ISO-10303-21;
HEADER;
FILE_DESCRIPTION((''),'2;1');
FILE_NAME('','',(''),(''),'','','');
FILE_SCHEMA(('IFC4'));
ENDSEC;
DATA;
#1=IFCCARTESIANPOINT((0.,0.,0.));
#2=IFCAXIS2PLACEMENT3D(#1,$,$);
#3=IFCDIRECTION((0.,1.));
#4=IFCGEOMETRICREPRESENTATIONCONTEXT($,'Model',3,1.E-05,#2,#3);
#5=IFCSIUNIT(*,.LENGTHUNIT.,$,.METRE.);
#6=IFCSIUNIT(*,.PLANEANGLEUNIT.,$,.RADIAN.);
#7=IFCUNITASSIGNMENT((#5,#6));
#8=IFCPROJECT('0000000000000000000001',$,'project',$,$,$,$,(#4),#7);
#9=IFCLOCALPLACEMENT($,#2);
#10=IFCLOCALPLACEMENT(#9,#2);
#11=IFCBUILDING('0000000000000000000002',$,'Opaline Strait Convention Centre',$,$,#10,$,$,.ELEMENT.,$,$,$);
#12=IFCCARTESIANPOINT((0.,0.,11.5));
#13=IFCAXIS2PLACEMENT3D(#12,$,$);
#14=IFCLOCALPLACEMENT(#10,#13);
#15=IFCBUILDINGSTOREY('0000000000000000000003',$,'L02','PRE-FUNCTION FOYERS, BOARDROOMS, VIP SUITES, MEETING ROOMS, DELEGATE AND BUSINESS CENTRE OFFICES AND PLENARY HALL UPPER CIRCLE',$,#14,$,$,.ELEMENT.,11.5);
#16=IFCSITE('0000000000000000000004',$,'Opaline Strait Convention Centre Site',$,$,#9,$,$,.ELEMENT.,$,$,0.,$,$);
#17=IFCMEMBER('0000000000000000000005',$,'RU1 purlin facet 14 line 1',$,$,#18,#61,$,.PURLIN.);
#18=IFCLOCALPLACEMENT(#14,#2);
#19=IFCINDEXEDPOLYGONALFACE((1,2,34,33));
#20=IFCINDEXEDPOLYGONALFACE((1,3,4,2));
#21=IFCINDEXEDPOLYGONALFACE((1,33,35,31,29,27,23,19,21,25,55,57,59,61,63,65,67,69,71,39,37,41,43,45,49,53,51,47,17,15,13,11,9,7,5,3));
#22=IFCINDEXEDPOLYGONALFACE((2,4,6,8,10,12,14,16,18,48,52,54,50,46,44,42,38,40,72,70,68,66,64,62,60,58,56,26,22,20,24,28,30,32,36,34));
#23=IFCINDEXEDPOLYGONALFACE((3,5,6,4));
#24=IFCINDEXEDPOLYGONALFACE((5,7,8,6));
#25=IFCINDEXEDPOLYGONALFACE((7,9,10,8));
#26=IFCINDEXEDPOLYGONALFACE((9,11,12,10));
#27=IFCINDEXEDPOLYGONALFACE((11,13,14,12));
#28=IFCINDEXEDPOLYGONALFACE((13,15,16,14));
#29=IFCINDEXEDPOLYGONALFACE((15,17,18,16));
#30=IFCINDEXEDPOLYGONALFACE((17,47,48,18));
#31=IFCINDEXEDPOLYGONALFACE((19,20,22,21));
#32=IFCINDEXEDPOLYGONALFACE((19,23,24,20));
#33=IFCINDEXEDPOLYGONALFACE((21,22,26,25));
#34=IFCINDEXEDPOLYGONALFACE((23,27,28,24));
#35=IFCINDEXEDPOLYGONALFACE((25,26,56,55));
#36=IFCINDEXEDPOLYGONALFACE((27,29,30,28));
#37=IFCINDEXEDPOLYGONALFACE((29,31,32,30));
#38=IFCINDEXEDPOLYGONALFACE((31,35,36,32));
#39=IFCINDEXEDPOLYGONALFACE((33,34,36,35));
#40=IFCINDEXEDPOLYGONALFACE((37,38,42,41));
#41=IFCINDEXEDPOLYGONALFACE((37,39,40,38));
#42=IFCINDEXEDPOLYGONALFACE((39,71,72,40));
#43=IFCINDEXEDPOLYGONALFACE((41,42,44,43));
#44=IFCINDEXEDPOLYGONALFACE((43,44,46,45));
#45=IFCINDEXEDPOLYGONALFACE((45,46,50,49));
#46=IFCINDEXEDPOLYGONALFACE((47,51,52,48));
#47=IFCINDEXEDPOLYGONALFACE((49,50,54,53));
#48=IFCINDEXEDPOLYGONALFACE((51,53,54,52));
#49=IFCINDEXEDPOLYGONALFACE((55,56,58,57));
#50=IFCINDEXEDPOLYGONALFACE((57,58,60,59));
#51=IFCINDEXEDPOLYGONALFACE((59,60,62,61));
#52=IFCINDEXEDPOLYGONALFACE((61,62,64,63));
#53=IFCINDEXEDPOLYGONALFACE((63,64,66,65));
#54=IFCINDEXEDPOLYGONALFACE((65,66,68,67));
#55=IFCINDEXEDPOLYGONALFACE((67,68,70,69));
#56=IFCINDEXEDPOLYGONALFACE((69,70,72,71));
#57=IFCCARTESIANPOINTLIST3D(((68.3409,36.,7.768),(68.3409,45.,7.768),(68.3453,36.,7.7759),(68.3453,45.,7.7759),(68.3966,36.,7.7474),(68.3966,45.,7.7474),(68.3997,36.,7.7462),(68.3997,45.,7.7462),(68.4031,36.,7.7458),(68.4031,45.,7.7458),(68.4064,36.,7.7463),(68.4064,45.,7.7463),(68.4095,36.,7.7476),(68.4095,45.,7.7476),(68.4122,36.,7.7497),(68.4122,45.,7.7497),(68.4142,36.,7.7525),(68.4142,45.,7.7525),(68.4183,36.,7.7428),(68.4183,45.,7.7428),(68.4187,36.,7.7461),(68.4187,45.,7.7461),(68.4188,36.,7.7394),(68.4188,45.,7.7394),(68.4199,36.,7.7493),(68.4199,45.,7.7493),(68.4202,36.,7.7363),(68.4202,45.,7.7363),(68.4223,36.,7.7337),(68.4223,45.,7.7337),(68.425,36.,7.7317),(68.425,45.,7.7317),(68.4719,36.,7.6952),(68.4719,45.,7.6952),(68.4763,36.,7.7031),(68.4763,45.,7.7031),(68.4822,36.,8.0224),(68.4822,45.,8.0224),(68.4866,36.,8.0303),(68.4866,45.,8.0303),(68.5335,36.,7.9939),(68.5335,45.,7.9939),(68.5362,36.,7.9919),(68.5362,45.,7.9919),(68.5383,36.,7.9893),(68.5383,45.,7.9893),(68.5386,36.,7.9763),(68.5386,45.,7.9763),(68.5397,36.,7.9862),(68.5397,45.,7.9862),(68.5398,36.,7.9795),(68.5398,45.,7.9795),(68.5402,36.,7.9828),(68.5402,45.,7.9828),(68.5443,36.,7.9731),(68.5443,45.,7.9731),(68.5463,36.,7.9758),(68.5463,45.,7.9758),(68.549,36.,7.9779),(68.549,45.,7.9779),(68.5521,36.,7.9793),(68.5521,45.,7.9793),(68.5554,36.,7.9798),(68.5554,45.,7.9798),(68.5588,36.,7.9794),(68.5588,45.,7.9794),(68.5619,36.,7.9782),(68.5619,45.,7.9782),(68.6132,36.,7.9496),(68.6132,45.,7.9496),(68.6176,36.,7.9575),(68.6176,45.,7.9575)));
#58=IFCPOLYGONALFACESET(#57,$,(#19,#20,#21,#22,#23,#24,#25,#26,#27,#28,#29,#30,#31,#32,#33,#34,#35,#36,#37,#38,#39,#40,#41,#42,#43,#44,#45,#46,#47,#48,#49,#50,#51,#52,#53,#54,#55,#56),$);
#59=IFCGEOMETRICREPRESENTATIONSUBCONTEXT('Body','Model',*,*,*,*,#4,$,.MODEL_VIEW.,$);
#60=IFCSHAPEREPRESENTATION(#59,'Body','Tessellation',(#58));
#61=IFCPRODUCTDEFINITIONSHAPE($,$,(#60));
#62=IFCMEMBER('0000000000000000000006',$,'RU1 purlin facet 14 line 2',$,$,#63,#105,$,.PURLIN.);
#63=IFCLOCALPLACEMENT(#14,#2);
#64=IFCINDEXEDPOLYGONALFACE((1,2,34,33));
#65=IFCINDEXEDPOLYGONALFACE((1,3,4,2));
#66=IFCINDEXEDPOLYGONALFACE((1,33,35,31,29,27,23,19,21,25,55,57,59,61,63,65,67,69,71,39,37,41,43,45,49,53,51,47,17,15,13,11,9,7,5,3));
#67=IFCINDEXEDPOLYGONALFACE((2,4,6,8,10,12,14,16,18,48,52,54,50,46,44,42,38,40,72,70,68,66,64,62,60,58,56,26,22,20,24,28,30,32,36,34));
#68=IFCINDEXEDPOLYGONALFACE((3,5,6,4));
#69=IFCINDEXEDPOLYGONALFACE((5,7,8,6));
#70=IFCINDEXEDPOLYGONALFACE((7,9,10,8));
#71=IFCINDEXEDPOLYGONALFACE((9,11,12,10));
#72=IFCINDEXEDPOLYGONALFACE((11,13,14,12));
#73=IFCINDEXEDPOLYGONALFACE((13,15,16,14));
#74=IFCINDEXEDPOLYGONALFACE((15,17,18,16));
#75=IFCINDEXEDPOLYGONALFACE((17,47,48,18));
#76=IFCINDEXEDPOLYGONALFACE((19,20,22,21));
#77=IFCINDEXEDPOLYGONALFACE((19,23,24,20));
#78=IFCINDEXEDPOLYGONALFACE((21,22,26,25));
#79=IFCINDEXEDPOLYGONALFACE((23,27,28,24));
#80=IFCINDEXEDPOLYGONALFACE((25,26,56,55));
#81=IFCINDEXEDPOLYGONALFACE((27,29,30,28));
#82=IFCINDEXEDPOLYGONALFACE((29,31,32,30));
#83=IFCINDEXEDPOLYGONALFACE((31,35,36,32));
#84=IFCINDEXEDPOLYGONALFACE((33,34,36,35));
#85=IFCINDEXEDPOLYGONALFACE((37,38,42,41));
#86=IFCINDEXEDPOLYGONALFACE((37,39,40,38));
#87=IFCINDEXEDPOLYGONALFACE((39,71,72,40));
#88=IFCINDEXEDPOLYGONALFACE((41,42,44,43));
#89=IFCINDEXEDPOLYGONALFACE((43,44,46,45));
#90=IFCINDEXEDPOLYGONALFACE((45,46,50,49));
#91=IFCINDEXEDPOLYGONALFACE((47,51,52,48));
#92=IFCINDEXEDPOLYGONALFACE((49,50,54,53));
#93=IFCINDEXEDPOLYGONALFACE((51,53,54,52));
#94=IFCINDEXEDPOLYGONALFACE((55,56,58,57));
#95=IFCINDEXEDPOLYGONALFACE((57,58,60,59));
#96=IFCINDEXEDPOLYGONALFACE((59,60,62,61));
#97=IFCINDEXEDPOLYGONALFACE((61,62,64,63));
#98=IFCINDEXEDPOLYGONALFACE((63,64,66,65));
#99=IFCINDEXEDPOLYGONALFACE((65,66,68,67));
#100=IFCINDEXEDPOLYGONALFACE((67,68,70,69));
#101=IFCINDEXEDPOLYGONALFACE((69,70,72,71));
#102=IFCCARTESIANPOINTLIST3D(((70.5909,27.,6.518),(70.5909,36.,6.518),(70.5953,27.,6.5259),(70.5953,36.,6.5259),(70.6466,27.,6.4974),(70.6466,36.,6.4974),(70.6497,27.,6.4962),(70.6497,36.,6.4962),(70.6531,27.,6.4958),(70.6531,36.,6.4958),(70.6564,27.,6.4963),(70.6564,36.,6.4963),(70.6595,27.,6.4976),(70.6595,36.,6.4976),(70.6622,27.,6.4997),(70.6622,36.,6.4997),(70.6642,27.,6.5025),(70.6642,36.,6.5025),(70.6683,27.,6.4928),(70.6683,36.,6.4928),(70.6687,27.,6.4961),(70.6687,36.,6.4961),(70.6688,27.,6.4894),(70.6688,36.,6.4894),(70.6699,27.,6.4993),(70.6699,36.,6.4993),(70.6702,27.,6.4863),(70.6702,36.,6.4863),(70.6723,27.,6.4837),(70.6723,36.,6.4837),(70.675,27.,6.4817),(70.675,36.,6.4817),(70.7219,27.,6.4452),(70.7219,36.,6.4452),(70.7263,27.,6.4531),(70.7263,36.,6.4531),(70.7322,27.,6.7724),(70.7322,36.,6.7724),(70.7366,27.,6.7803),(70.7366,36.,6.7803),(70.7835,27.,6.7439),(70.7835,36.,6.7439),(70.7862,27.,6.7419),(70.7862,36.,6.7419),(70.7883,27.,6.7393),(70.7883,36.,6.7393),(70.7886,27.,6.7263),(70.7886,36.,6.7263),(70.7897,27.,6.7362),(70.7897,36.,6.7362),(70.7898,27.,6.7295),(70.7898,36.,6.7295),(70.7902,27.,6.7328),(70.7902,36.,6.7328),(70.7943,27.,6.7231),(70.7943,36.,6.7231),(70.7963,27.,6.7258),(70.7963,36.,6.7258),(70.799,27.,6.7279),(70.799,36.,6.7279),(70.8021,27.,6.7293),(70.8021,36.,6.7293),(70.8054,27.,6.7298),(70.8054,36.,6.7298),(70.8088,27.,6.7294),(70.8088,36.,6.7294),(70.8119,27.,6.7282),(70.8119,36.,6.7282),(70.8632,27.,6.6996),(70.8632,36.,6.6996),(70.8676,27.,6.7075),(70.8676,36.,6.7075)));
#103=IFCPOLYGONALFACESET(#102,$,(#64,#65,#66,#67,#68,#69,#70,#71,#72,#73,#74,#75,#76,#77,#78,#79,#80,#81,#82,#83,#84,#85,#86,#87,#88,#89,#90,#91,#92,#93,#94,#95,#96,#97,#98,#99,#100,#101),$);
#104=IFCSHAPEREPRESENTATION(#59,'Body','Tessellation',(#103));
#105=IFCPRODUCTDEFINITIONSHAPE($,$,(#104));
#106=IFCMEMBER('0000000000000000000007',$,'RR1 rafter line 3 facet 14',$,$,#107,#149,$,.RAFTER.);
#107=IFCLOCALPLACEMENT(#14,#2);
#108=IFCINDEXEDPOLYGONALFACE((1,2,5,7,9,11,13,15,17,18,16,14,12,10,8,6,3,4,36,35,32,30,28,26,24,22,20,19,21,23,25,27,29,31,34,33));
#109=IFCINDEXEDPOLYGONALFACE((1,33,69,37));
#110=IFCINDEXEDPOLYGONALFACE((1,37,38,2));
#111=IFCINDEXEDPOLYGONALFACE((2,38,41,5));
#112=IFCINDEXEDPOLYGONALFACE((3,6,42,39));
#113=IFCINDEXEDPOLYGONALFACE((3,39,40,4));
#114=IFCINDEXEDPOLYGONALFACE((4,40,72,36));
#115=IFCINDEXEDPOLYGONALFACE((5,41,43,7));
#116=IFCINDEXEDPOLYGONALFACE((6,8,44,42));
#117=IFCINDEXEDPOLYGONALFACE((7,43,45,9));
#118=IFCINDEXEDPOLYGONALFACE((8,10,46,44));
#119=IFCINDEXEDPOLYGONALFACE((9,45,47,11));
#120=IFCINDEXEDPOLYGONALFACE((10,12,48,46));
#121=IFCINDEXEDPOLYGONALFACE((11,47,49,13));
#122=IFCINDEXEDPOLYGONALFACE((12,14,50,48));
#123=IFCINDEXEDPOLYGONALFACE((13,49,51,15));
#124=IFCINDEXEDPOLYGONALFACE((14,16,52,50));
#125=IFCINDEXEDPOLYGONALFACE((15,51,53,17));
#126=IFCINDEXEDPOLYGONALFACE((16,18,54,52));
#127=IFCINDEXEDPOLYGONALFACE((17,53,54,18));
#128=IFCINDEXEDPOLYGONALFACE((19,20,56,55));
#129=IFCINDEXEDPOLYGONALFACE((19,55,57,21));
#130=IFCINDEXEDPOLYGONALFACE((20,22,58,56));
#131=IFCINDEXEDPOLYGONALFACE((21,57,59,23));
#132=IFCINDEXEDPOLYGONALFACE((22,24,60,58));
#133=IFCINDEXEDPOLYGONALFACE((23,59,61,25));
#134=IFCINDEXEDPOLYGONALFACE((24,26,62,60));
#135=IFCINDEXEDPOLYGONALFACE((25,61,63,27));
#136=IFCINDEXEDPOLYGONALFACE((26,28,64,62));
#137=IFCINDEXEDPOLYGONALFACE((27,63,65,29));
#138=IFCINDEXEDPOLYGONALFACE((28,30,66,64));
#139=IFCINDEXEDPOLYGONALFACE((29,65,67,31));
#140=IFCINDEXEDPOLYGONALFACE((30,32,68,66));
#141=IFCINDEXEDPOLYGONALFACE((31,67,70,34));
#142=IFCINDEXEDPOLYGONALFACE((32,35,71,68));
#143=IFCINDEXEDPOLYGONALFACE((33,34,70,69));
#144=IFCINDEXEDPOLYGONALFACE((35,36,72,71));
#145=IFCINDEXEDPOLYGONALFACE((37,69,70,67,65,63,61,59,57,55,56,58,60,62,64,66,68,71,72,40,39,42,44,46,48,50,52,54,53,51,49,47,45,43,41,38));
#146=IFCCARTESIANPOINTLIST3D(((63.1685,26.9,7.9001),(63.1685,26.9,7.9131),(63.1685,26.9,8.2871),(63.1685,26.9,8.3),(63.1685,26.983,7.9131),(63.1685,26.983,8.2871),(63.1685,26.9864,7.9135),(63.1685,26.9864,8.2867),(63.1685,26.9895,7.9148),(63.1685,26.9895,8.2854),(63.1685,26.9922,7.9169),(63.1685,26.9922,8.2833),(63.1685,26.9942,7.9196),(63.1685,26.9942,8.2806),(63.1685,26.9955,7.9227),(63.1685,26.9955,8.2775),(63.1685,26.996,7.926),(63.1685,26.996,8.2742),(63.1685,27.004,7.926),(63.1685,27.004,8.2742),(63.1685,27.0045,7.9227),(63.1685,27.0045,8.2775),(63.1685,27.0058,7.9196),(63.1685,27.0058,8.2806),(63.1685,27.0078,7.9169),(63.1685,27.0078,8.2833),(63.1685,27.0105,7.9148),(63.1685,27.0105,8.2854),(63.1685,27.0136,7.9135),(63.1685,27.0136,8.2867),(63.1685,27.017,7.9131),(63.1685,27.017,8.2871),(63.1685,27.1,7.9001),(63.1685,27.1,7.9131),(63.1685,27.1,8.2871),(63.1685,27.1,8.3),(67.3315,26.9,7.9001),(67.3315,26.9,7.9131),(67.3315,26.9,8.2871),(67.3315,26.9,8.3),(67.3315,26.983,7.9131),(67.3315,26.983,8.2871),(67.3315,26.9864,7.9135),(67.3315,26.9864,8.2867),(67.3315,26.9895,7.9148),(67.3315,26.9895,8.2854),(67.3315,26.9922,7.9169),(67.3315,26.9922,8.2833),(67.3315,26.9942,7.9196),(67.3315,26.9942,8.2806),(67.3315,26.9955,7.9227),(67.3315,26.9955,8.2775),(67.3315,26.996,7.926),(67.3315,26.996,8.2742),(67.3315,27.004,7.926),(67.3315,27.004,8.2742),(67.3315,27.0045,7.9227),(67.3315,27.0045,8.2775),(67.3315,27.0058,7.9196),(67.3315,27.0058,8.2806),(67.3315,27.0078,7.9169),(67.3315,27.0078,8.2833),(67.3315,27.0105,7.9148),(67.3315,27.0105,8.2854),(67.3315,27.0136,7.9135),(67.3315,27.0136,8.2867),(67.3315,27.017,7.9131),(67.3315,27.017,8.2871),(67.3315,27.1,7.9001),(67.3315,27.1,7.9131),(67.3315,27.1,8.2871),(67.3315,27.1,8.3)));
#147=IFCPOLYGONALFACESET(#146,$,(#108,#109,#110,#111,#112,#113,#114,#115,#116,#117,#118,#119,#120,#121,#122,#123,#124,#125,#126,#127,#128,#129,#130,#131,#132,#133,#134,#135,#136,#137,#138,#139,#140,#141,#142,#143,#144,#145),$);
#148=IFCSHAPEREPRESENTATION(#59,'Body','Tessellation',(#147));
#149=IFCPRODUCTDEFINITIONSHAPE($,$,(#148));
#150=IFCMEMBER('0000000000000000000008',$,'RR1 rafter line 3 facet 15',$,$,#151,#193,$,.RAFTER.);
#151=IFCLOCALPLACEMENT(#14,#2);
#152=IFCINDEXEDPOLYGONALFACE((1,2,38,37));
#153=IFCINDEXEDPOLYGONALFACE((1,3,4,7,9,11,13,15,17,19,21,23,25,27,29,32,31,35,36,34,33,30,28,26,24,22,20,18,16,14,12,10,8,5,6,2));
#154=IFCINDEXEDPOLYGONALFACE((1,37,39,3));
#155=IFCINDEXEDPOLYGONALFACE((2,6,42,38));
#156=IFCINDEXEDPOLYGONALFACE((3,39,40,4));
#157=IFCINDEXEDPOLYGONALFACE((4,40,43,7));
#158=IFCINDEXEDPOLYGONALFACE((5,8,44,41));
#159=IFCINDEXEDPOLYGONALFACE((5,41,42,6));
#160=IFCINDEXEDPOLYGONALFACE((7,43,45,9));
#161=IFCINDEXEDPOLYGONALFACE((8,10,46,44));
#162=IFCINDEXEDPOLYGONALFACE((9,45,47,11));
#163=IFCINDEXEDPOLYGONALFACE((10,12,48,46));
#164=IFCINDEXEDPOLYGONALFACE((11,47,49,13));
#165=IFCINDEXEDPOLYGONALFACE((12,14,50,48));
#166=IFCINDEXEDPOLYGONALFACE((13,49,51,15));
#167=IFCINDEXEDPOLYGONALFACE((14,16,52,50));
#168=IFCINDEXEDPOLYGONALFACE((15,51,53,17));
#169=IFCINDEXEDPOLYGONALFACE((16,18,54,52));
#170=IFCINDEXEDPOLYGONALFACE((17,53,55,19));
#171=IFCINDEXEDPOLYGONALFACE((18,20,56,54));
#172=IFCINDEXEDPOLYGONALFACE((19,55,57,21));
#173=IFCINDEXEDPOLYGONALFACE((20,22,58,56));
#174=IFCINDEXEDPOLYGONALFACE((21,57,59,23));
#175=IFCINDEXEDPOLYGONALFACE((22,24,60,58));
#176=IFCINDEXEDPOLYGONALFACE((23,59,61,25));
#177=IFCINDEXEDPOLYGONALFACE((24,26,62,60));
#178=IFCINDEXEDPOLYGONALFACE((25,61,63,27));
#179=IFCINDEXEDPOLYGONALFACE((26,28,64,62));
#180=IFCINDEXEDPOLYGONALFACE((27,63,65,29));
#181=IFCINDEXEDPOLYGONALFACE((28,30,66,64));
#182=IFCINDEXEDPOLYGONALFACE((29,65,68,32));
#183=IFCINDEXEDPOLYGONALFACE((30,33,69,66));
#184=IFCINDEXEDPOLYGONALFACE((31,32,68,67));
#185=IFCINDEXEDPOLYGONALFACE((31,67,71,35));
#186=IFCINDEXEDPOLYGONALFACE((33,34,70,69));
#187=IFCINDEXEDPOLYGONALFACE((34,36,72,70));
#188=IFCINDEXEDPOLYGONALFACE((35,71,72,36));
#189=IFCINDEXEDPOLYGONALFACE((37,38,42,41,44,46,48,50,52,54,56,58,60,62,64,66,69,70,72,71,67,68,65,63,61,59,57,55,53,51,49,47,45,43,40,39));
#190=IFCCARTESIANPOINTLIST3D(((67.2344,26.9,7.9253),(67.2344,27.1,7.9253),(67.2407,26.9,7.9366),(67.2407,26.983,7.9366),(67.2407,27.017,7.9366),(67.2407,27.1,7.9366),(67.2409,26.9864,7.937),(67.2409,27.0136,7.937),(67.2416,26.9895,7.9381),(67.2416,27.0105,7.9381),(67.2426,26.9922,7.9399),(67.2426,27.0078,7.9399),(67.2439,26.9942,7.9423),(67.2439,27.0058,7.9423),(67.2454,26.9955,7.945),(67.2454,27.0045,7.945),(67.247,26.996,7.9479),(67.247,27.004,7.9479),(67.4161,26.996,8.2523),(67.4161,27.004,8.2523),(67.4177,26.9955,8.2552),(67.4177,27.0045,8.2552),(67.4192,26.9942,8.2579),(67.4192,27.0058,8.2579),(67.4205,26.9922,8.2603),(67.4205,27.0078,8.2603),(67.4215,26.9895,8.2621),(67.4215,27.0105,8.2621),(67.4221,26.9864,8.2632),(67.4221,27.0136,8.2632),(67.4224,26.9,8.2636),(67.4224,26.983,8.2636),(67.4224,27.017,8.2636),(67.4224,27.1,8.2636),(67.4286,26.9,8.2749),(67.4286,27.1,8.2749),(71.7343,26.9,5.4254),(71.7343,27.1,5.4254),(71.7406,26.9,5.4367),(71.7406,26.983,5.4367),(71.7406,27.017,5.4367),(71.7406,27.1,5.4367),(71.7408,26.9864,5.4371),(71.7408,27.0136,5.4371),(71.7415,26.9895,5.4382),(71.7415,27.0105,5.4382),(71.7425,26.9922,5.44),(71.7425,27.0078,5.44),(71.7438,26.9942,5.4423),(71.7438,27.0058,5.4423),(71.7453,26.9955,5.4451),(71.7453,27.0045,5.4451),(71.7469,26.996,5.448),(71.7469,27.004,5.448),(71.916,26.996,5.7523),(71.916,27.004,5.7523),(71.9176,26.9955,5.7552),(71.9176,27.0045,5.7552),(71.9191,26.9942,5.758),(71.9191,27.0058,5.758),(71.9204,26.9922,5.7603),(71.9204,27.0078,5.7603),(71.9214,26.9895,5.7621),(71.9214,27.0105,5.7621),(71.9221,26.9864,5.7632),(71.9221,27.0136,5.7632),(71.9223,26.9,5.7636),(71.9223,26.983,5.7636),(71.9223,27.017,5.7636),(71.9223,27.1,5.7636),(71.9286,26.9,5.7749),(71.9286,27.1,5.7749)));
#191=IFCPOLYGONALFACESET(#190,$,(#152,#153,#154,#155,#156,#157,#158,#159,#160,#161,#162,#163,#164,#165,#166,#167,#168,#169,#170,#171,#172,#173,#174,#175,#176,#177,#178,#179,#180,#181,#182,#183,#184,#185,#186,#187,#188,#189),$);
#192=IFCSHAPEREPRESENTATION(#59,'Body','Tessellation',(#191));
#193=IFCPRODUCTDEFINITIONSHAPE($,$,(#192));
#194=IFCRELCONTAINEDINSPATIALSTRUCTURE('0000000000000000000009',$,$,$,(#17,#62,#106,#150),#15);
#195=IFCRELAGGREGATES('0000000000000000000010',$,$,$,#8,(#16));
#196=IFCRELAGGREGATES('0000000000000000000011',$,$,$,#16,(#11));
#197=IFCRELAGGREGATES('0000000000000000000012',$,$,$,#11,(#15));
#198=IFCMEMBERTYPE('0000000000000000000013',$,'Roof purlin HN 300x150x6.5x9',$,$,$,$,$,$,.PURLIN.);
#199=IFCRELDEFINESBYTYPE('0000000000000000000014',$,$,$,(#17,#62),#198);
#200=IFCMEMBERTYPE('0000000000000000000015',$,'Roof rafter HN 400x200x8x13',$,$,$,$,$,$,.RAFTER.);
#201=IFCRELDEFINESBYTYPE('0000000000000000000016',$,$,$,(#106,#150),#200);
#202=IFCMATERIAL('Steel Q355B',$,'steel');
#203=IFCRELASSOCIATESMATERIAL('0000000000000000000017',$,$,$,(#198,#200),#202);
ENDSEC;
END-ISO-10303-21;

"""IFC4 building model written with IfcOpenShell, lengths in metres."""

from ifc_helpers import new_model, si_unit, direction, frame, origin, origin_2d, place, context, subcontext, project, spatial, i_section, extrude, material, material_profile, profile_set, type_object, element, save


model = new_model("IFC4")

# Units and contexts
model_context = context("Model", 3, precision=1e-05, world=origin(), true_north=direction((0.0, 1.0)))
body_context = subcontext(model_context, "Body", "Model", "MODEL_VIEW")
ifc_project = project(units=[si_unit("LENGTHUNIT", "METRE"), si_unit("PLANEANGLEUNIT", "RADIAN")], contexts=[model_context])

# Site, building, storey
site_placement = place(None, origin())
site = spatial("IfcSite", under=ifc_project, at=site_placement, Name="Opaline Strait Convention Centre Site", CompositionType="ELEMENT", RefElevation=0.0)
building_placement = place(site_placement, origin())
building = spatial("IfcBuilding", under=site, at=building_placement, Name="Opaline Strait Convention Centre", CompositionType="ELEMENT")
storey_placement = place(building_placement, frame((0.0, 0.0, 11.5)))
storey = spatial("IfcBuildingStorey", under=building, at=storey_placement, Name="L02", Description="PRE-FUNCTION FOYERS, BOARDROOMS, VIP SUITES, MEETING ROOMS, DELEGATE AND BUSINESS CENTRE OFFICES AND PLENARY HALL UPPER CIRCLE", CompositionType="ELEMENT", Elevation=11.5)

# Shared definitions
ifc_material_1 = material(Name="Steel Q355B", Category="steel")

# Members
ifc_material_profile_1 = material_profile(ifc_material_1, i_section(OverallWidth=0.1499, OverallDepth=0.3, WebThickness=0.0066, FlangeThickness=0.009, FilletRadius=0.0129, at=origin_2d()), Name="HN 300x150x6.5x9")
ifc_profile_set_1 = profile_set([ifc_material_profile_1], Name="Steel Q355B")
member_type_1 = type_object("IfcMemberType", Name="Roof purlin HN 300x150x6.5x9", PredefinedType="PURLIN", material=ifc_profile_set_1)
for number, where, z_axis, x_axis, name in (
    (1, (68.4792, 36.0, 7.8628), (0.0, 1.0, 0.0), (-0.874157, 0.0, 0.485643), "RU1 purlin facet 14 line 1"),
    (2, (70.7292, 27.0, 6.6128), (0.0, 1.0, 0.0), (-0.874157, 0.0, 0.485643), "RU1 purlin facet 14 line 2"),
):
    element("IfcMember", number, at=place(storey_placement, frame(where, z_axis=z_axis, x_axis=x_axis)), inside=storey, type_object=member_type_1, Name=name, PredefinedType="PURLIN", context=body_context, shape_type="SweptSolid", body=[
        extrude(i_section(OverallWidth=0.1499, OverallDepth=0.3, WebThickness=0.0066, FlangeThickness=0.009, FilletRadius=0.0129, at=origin_2d()), origin(), (0.0, 0.0, 1.0), 9.0),
    ])
ifc_material_profile_2 = material_profile(ifc_material_1, i_section(OverallWidth=0.2, OverallDepth=0.3999, WebThickness=0.0081, FlangeThickness=0.0129, FilletRadius=0.0129, at=origin_2d()), Name="HN 400x200x8x13")
ifc_profile_set_2 = profile_set([ifc_material_profile_2], Name="Steel Q355B")
member_type_2 = type_object("IfcMemberType", Name="Roof rafter HN 400x200x8x13", PredefinedType="RAFTER", material=ifc_profile_set_2)
member_1_placement = place(storey_placement, frame((63.1685, 27.0, 8.1001), z_axis=(1.0, 0.0, 0.0), x_axis=(0.0, 1.0, 0.0)))
element("IfcMember", 3, at=member_1_placement, inside=storey, type_object=member_type_2, Name="RR1 rafter line 3 facet 14", PredefinedType="RAFTER", context=body_context, shape_type="SweptSolid", body=[
    extrude(i_section(OverallWidth=0.2, OverallDepth=0.3999, WebThickness=0.0081, FlangeThickness=0.0129, FilletRadius=0.0129, at=origin_2d()), origin(), (0.0, 0.0, 1.0), 4.1631),
])
member_2_placement = place(storey_placement, frame((67.3315, 27.0, 8.1001), z_axis=(0.874157, 0.0, -0.485643), x_axis=(0.0, 1.0, 0.0)))
element("IfcMember", 4, at=member_2_placement, inside=storey, type_object=member_type_2, Name="RR1 rafter line 3 facet 15", PredefinedType="RAFTER", context=body_context, shape_type="SweptSolid", body=[
    extrude(i_section(OverallWidth=0.2, OverallDepth=0.3999, WebThickness=0.0081, FlangeThickness=0.0129, FilletRadius=0.0129, at=origin_2d()), origin(), (0.0, 0.0, 1.0), 5.1477),
])

save(model, "model.ifc")
